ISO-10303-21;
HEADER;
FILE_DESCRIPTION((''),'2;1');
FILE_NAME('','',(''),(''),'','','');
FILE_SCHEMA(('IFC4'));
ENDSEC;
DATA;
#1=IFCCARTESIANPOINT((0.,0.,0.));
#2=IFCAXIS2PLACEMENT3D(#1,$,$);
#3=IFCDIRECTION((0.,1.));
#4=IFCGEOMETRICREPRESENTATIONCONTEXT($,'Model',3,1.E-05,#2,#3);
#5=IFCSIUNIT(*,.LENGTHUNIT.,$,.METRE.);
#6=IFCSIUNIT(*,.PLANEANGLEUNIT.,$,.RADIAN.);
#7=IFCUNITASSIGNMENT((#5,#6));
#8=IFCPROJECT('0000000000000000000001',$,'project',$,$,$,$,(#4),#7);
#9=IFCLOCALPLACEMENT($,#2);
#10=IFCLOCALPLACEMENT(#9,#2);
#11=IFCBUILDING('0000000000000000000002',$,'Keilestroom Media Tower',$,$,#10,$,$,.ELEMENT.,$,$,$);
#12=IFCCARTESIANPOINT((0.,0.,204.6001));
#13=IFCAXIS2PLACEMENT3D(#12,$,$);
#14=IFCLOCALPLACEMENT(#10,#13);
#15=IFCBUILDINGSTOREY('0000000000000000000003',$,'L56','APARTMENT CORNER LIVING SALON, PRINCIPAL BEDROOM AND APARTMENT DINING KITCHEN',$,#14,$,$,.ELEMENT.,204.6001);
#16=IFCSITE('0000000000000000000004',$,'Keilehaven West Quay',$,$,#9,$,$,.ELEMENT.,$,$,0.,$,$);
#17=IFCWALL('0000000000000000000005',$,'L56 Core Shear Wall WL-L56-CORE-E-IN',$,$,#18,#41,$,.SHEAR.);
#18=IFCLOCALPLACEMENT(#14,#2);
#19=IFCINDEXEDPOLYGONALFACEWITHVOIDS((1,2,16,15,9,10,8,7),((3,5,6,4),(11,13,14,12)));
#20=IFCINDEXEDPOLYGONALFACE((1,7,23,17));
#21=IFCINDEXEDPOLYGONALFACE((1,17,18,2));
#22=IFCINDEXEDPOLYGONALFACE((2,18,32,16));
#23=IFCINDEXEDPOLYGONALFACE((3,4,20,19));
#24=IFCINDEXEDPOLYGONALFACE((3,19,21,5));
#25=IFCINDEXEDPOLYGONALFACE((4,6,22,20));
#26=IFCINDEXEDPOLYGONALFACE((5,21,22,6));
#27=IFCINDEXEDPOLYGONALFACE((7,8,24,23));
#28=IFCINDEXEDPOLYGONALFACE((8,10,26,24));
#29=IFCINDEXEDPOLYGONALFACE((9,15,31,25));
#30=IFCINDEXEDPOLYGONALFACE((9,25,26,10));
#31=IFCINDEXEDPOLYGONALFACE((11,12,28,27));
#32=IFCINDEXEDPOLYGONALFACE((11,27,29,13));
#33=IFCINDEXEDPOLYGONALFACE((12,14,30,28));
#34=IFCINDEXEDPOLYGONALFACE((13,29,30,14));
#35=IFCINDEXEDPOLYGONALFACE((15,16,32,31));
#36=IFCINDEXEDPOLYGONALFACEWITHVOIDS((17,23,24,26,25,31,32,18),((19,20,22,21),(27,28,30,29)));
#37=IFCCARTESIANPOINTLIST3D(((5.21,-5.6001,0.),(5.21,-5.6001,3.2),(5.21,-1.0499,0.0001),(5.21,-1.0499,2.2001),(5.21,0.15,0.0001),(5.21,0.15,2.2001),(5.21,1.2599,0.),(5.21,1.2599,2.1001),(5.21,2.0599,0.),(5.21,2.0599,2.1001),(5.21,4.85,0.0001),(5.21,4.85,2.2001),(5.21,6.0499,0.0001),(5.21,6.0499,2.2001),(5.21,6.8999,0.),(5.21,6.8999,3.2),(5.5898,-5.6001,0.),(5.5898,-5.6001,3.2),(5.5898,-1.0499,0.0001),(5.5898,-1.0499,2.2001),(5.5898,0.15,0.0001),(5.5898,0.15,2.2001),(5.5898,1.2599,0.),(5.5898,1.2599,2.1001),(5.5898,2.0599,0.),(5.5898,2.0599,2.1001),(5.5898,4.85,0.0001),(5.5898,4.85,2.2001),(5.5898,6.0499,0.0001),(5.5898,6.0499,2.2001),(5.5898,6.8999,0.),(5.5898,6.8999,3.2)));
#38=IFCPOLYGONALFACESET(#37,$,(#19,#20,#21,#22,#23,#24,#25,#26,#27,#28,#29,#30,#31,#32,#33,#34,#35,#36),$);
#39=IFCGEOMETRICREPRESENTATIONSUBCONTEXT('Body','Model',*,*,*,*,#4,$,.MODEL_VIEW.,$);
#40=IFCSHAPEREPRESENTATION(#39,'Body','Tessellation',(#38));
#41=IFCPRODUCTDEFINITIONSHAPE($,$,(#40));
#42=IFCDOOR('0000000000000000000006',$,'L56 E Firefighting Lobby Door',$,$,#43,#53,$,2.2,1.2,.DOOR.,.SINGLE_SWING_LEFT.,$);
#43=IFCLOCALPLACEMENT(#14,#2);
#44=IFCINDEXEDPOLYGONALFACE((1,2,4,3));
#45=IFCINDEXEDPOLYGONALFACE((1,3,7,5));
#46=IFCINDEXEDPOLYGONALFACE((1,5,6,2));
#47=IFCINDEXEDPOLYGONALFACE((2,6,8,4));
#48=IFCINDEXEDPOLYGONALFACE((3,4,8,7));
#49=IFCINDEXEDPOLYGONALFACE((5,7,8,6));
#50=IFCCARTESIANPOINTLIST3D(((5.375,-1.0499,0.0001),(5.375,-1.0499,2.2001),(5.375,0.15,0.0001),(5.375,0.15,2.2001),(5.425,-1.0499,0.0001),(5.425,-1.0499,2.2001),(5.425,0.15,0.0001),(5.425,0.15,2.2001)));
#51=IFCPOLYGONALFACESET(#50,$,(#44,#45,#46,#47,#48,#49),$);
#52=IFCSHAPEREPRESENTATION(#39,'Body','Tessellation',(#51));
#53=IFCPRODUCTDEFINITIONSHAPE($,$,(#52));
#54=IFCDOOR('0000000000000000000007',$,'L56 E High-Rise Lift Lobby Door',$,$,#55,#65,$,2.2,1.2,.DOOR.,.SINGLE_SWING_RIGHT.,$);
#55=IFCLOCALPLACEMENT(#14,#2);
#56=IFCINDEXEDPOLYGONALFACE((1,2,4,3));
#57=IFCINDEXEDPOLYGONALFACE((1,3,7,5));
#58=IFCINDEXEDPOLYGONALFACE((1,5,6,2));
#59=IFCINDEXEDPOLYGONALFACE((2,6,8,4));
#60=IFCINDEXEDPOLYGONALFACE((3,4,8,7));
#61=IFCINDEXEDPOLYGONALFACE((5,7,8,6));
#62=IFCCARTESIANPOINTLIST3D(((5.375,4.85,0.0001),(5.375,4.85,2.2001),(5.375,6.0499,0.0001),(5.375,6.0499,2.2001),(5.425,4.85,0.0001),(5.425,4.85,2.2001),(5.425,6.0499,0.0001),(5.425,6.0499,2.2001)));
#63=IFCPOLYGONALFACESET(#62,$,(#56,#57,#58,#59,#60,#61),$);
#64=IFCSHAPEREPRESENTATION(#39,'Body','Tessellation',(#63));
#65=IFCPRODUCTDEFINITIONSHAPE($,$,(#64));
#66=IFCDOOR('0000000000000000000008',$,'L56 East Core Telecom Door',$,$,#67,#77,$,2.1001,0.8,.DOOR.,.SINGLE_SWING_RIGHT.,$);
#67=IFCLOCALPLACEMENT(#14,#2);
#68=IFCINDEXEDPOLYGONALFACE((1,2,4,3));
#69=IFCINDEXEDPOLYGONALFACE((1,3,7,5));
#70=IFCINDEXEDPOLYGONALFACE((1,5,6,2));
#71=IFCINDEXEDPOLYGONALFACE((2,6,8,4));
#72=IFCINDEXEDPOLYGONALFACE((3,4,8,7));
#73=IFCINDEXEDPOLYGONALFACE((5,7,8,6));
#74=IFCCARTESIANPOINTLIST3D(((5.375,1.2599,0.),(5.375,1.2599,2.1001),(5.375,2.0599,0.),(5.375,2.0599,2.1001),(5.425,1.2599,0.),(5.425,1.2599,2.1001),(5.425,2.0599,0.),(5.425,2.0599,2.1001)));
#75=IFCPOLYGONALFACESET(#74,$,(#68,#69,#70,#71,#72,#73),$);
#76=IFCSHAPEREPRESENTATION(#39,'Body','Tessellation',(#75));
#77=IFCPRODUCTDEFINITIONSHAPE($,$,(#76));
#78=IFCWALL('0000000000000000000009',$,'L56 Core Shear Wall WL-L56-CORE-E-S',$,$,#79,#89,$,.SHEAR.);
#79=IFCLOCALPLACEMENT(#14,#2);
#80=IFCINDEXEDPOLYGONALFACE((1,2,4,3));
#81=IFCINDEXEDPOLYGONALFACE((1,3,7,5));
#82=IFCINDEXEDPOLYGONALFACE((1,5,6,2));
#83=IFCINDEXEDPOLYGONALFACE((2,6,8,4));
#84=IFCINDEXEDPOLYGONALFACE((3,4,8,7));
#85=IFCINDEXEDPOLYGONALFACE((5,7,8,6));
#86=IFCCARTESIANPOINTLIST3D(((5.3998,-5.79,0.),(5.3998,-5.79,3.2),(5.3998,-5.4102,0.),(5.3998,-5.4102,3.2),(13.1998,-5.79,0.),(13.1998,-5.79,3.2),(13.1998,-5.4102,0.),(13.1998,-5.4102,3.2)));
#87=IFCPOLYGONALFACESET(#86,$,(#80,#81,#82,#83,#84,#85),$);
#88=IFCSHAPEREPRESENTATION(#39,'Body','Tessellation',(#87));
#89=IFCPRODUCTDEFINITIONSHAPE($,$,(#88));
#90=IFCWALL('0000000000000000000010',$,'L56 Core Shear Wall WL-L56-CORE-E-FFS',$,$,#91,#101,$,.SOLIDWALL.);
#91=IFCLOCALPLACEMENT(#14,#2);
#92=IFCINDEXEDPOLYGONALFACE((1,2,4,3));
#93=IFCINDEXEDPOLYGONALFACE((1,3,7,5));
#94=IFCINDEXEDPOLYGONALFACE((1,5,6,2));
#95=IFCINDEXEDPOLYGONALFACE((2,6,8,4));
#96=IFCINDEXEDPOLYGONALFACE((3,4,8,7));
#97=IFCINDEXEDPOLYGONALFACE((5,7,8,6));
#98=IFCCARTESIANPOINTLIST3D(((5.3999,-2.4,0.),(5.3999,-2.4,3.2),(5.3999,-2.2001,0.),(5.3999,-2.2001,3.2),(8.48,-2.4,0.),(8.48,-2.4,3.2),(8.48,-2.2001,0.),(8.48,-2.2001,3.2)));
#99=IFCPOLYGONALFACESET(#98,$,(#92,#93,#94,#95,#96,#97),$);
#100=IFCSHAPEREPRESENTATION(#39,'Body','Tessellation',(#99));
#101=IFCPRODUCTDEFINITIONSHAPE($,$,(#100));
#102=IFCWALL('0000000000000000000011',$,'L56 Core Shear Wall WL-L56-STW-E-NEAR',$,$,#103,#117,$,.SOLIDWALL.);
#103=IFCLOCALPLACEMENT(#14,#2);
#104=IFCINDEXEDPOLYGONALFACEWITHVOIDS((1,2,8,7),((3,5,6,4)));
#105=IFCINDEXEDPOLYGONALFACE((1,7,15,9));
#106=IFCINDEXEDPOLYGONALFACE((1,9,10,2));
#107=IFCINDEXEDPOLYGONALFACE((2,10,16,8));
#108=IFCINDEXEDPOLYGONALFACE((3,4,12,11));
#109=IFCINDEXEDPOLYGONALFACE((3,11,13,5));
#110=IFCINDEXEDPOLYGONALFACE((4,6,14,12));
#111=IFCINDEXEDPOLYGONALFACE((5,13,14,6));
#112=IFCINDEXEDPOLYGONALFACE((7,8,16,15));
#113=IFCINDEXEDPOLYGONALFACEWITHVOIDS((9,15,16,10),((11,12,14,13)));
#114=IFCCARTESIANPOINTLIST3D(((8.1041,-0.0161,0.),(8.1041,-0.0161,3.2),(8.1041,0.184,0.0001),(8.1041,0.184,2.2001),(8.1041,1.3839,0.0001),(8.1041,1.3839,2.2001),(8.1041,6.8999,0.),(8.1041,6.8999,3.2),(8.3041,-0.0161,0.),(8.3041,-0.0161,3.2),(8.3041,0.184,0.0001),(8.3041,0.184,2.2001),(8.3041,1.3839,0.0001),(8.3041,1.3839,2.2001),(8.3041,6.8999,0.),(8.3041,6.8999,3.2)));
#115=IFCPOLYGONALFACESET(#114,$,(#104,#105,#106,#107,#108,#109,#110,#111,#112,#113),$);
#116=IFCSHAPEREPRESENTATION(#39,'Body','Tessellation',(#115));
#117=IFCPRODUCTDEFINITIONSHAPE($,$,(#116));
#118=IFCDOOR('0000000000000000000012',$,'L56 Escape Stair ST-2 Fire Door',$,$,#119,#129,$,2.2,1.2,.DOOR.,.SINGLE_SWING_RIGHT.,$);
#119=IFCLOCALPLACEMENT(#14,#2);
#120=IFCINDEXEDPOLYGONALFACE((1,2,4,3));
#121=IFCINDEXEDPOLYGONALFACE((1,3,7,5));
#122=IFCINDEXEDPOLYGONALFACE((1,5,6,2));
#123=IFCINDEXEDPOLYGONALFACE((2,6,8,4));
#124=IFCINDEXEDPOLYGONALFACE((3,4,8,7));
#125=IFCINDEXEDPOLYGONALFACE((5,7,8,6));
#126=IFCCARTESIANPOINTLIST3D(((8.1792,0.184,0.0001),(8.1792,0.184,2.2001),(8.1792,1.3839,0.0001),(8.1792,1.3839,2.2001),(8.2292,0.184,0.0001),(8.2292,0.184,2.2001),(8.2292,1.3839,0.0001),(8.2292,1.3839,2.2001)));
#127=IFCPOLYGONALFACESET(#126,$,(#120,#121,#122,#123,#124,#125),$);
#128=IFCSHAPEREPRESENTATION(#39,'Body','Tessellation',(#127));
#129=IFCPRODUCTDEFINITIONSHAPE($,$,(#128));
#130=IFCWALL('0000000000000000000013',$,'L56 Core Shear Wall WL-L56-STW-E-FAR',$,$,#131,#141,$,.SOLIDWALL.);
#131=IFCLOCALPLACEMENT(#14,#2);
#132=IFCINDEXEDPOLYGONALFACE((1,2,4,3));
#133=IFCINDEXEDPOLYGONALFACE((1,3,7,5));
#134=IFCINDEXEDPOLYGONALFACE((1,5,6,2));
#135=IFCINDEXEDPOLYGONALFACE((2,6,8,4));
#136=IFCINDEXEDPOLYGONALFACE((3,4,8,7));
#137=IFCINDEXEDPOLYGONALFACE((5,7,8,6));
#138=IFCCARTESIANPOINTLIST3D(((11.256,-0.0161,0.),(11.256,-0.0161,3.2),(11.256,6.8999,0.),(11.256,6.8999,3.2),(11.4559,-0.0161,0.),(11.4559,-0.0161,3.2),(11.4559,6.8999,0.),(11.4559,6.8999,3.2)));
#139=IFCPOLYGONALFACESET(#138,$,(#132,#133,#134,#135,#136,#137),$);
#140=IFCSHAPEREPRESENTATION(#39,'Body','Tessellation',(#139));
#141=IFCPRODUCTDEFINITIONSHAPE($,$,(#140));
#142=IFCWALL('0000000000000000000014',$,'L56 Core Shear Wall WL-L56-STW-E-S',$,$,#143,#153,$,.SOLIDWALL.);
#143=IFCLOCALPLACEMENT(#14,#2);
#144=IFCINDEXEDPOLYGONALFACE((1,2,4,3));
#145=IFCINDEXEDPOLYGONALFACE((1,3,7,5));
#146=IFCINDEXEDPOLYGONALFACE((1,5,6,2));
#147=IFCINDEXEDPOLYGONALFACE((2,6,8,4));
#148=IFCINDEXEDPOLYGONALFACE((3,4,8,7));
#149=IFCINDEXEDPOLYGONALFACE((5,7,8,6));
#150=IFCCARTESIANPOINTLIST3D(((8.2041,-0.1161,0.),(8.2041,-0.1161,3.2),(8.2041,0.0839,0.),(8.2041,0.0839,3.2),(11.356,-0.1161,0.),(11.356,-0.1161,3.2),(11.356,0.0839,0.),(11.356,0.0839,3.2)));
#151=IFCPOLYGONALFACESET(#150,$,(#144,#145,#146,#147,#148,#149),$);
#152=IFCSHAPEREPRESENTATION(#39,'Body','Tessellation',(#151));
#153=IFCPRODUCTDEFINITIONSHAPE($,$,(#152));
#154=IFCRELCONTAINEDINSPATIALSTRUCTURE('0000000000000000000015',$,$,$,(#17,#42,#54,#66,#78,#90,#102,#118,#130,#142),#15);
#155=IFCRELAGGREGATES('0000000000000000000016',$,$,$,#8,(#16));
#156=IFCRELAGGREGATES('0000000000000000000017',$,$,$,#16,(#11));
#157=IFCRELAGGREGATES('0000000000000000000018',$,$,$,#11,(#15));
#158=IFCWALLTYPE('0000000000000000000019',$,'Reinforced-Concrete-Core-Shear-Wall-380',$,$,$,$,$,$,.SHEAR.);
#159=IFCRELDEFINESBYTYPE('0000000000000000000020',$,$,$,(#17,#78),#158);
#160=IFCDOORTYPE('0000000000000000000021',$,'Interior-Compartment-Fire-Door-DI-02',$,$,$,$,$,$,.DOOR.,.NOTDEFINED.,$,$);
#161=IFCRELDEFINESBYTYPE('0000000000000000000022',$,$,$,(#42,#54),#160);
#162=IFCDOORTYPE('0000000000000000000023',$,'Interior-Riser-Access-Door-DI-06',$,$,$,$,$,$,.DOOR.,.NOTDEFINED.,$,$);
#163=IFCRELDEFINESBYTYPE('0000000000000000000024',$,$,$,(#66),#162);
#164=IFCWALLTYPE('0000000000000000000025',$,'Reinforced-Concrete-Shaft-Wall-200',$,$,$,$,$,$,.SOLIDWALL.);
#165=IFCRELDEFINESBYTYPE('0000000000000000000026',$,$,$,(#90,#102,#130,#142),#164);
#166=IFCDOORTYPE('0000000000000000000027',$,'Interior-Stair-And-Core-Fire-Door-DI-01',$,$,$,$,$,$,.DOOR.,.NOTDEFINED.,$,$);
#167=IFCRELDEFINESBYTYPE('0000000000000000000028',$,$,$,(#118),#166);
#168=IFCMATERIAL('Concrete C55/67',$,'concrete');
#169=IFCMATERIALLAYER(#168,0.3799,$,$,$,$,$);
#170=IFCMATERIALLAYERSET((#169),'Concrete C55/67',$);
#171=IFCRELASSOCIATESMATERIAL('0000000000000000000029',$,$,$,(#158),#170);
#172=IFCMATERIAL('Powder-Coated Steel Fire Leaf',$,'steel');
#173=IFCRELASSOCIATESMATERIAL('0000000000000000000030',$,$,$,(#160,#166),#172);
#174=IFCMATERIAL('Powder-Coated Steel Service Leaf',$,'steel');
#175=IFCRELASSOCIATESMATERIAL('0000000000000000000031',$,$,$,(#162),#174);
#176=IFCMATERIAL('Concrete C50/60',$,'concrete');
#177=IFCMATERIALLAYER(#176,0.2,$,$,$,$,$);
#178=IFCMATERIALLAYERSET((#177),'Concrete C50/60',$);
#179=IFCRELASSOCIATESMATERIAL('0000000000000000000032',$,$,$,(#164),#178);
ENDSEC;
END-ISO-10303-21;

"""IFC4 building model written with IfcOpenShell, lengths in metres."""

from ifc_helpers import new_model, si_unit, direction, frame, frame_2d, origin, place, context, subcontext, project, spatial, rectangle, extrude, source, transform, mapped, material, layer, layer_set, type_object, element, fill, save


model = new_model("IFC4")

# Units and contexts
model_context = context("Model", 3, precision=1e-05, world=origin(), true_north=direction((0.0, 1.0)))
body_context = subcontext(model_context, "Body", "Model", "MODEL_VIEW")
ifc_project = project(units=[si_unit("LENGTHUNIT", "METRE"), si_unit("PLANEANGLEUNIT", "RADIAN")], contexts=[model_context])

# Site, building, storey
site_placement = place(None, origin())
site = spatial("IfcSite", under=ifc_project, at=site_placement, Name="Keilehaven West Quay", CompositionType="ELEMENT", RefElevation=0.0)
building_placement = place(site_placement, origin())
building = spatial("IfcBuilding", under=site, at=building_placement, Name="Keilestroom Media Tower", CompositionType="ELEMENT")
storey_placement = place(building_placement, frame((0.0, 0.0, 204.6001)))
storey = spatial("IfcBuildingStorey", under=building, at=storey_placement, Name="L56", Description="APARTMENT CORNER LIVING SALON, PRINCIPAL BEDROOM AND APARTMENT DINING KITCHEN", CompositionType="ELEMENT", Elevation=204.6001)

# Shared definitions
ifc_material_1 = material(Name="Concrete C55/67", Category="concrete")
ifc_layer_1 = layer(ifc_material_1, 0.3799)
ifc_layer_set_1 = layer_set([ifc_layer_1], Name="Concrete C55/67")
wall_type_1 = type_object("IfcWallType", Name="Reinforced-Concrete-Core-Shear-Wall-380", PredefinedType="SHEAR", material=ifc_layer_set_1)

# Wall, openings, doors
wall_1_placement = place(storey_placement, frame((5.3999, -5.6001, 0.0), z_axis=(0.0, 0.0, 1.0), x_axis=(0.0, 1.0, 0.0)))
wall_1 = element("IfcWall", 1, at=wall_1_placement, inside=storey, type_object=wall_type_1, Name="L56 Core Shear Wall WL-L56-CORE-E-IN", PredefinedType="SHEAR", context=body_context, shape_type="SweptSolid", body=[
    extrude(rectangle(XDim=12.5, YDim=0.3799, at=frame_2d((6.25, 0.0))), origin(), (0.0, 0.0, 1.0), 3.2),
])
opening_1_placement = place(wall_1_placement, frame((4.55, 0.0, 0.0)))
opening_1 = element("IfcOpeningElement", 2, at=opening_1_placement, cuts=wall_1, PredefinedType="OPENING", context=body_context, shape_type="SweptSolid", body=[
    extrude(rectangle(XDim=1.2, YDim=2.2, at=frame_2d((0.6001, 1.1001))), frame((0.0, 0.2, 0.0), z_axis=(0.0, -1.0, 0.0), x_axis=(1.0, 0.0, 0.0)), (0.0, 0.0, 1.0), 0.3999),
])
opening_2_placement = place(wall_1_placement, frame((10.45, 0.0, 0.0)))
opening_2 = element("IfcOpeningElement", 3, at=opening_2_placement, cuts=wall_1, PredefinedType="OPENING", context=body_context, shape_type="SweptSolid", body=[
    extrude(rectangle(XDim=1.2, YDim=2.2, at=frame_2d((0.6001, 1.1001))), frame((0.0, 0.2, 0.0), z_axis=(0.0, -1.0, 0.0), x_axis=(1.0, 0.0, 0.0)), (0.0, 0.0, 1.0), 0.3999),
])
opening_3_placement = place(wall_1_placement, frame((6.8601, 0.0, 0.0)))
opening_3 = element("IfcOpeningElement", 4, at=opening_3_placement, cuts=wall_1, PredefinedType="OPENING", context=body_context, shape_type="SweptSolid", body=[
    extrude(rectangle(XDim=0.8, YDim=2.1001, at=frame_2d((0.3999, 1.05))), frame((0.0, 0.2, 0.0), z_axis=(0.0, -1.0, 0.0), x_axis=(1.0, 0.0, 0.0)), (0.0, 0.0, 1.0), 0.3999),
])
ifc_material_2 = material(Name="Powder-Coated Steel Fire Leaf", Category="steel")
door_type_1 = type_object("IfcDoorType", Name="Interior-Compartment-Fire-Door-DI-02", OperationType="NOTDEFINED", PredefinedType="DOOR", material=ifc_material_2)
shared_shape_1 = source(origin(), body_context, "Body", "SweptSolid", [
    extrude(rectangle(XDim=1.2, YDim=2.2, at=frame_2d((0.6001, 1.1001))), frame((0.0, 0.0249, 0.0), z_axis=(0.0, -1.0, 0.0), x_axis=(1.0, 0.0, 0.0)), (0.0, 0.0, 1.0), 0.05),
])
door_1_placement = place(opening_1_placement, origin())
door_1 = element("IfcDoor", 5, at=door_1_placement, inside=storey, type_object=door_type_1, Name="L56 E Firefighting Lobby Door", OperationType="SINGLE_SWING_LEFT", OverallHeight=2.2, OverallWidth=1.2, PredefinedType="DOOR", context=body_context, shape_type="MappedRepresentation", body=[
    mapped(shared_shape_1, transform((0.0, 0.0, 0.0), x_axis=(1.0, 0.0, 0.0), y_axis=(0.0, 1.0, 0.0), z_axis=(0.0, 0.0, 1.0), scale=1.0)),
])
fill(opening_1, door_1)
door_2_placement = place(opening_2_placement, origin())
door_2 = element("IfcDoor", 6, at=door_2_placement, inside=storey, type_object=door_type_1, Name="L56 E High-Rise Lift Lobby Door", OperationType="SINGLE_SWING_RIGHT", OverallHeight=2.2, OverallWidth=1.2, PredefinedType="DOOR", context=body_context, shape_type="MappedRepresentation", body=[
    mapped(shared_shape_1, transform((0.0, 0.0, 0.0), x_axis=(1.0, 0.0, 0.0), y_axis=(0.0, 1.0, 0.0), z_axis=(0.0, 0.0, 1.0), scale=1.0)),
])
fill(opening_2, door_2)
ifc_material_3 = material(Name="Powder-Coated Steel Service Leaf", Category="steel")
door_type_2 = type_object("IfcDoorType", Name="Interior-Riser-Access-Door-DI-06", OperationType="NOTDEFINED", PredefinedType="DOOR", material=ifc_material_3)
shared_shape_2 = source(origin(), body_context, "Body", "SweptSolid", [
    extrude(rectangle(XDim=0.8, YDim=2.1001, at=frame_2d((0.3999, 1.05))), frame((0.0, 0.0249, 0.0), z_axis=(0.0, -1.0, 0.0), x_axis=(1.0, 0.0, 0.0)), (0.0, 0.0, 1.0), 0.05),
])
door_3_placement = place(opening_3_placement, origin())
door_3 = element("IfcDoor", 7, at=door_3_placement, inside=storey, type_object=door_type_2, Name="L56 East Core Telecom Door", OperationType="SINGLE_SWING_RIGHT", OverallHeight=2.1001, OverallWidth=0.8, PredefinedType="DOOR", context=body_context, shape_type="MappedRepresentation", body=[
    mapped(shared_shape_2, transform((0.0, 0.0, 0.0), x_axis=(1.0, 0.0, 0.0), y_axis=(0.0, 1.0, 0.0), z_axis=(0.0, 0.0, 1.0), scale=1.0)),
])
fill(opening_3, door_3)

# Walls
wall_2_placement = place(storey_placement, frame((5.3999, -5.6001, 0.0), z_axis=(0.0, 0.0, 1.0), x_axis=(1.0, 0.0, 0.0)))
element("IfcWall", 8, at=wall_2_placement, inside=storey, type_object=wall_type_1, Name="L56 Core Shear Wall WL-L56-CORE-E-S", PredefinedType="SHEAR", context=body_context, shape_type="SweptSolid", body=[
    extrude(rectangle(XDim=7.8, YDim=0.3799, at=frame_2d((3.8999, 0.0))), origin(), (0.0, 0.0, 1.0), 3.2),
])
ifc_material_4 = material(Name="Concrete C50/60", Category="concrete")
ifc_layer_2 = layer(ifc_material_4, 0.2)
ifc_layer_set_2 = layer_set([ifc_layer_2], Name="Concrete C50/60")
wall_type_2 = type_object("IfcWallType", Name="Reinforced-Concrete-Shaft-Wall-200", PredefinedType="SOLIDWALL", material=ifc_layer_set_2)
wall_3_placement = place(storey_placement, frame((5.3999, -2.3, 0.0), z_axis=(0.0, 0.0, 1.0), x_axis=(1.0, 0.0, 0.0)))
element("IfcWall", 9, at=wall_3_placement, inside=storey, type_object=wall_type_2, Name="L56 Core Shear Wall WL-L56-CORE-E-FFS", PredefinedType="SOLIDWALL", context=body_context, shape_type="SweptSolid", body=[
    extrude(rectangle(XDim=3.0801, YDim=0.2, at=frame_2d((1.54, 0.0))), origin(), (0.0, 0.0, 1.0), 3.2),
])

# Wall, opening, door
wall_4_placement = place(storey_placement, frame((8.2041, -0.0161, 0.0), z_axis=(0.0, 0.0, 1.0), x_axis=(0.0, 1.0, 0.0)))
wall_4 = element("IfcWall", 10, at=wall_4_placement, inside=storey, type_object=wall_type_2, Name="L56 Core Shear Wall WL-L56-STW-E-NEAR", PredefinedType="SOLIDWALL", context=body_context, shape_type="SweptSolid", body=[
    extrude(rectangle(XDim=6.916, YDim=0.2, at=frame_2d((3.458, 0.0))), origin(), (0.0, 0.0, 1.0), 3.2),
])
opening_4_placement = place(wall_4_placement, frame((0.2, 0.0, 0.0)))
opening_4 = element("IfcOpeningElement", 11, at=opening_4_placement, cuts=wall_4, PredefinedType="OPENING", context=body_context, shape_type="SweptSolid", body=[
    extrude(rectangle(XDim=1.2, YDim=2.2, at=frame_2d((0.6001, 1.1001))), frame((0.0, 0.1099, 0.0), z_axis=(0.0, -1.0, 0.0), x_axis=(1.0, 0.0, 0.0)), (0.0, 0.0, 1.0), 0.22),
])
door_type_3 = type_object("IfcDoorType", Name="Interior-Stair-And-Core-Fire-Door-DI-01", OperationType="NOTDEFINED", PredefinedType="DOOR", material=ifc_material_2)
door_4_placement = place(opening_4_placement, origin())
door_4 = element("IfcDoor", 12, at=door_4_placement, inside=storey, type_object=door_type_3, Name="L56 Escape Stair ST-2 Fire Door", OperationType="SINGLE_SWING_RIGHT", OverallHeight=2.2, OverallWidth=1.2, PredefinedType="DOOR", context=body_context, shape_type="MappedRepresentation", body=[
    mapped(shared_shape_1, transform((0.0, 0.0, 0.0), x_axis=(1.0, 0.0, 0.0), y_axis=(0.0, 1.0, 0.0), z_axis=(0.0, 0.0, 1.0), scale=1.0)),
])
fill(opening_4, door_4)

# Walls
wall_5_placement = place(storey_placement, frame((11.356, -0.0161, 0.0), z_axis=(0.0, 0.0, 1.0), x_axis=(0.0, 1.0, 0.0)))
element("IfcWall", 13, at=wall_5_placement, inside=storey, type_object=wall_type_2, Name="L56 Core Shear Wall WL-L56-STW-E-FAR", PredefinedType="SOLIDWALL", context=body_context, shape_type="SweptSolid", body=[
    extrude(rectangle(XDim=6.916, YDim=0.2, at=frame_2d((3.458, 0.0))), origin(), (0.0, 0.0, 1.0), 3.2),
])
wall_6_placement = place(storey_placement, frame((8.2041, -0.0161, 0.0), z_axis=(0.0, 0.0, 1.0), x_axis=(1.0, 0.0, 0.0)))
element("IfcWall", 14, at=wall_6_placement, inside=storey, type_object=wall_type_2, Name="L56 Core Shear Wall WL-L56-STW-E-S", PredefinedType="SOLIDWALL", context=body_context, shape_type="SweptSolid", body=[
    extrude(rectangle(XDim=3.1519, YDim=0.2, at=frame_2d((1.5759, 0.0))), origin(), (0.0, 0.0, 1.0), 3.2),
])

save(model, "model.ifc")
